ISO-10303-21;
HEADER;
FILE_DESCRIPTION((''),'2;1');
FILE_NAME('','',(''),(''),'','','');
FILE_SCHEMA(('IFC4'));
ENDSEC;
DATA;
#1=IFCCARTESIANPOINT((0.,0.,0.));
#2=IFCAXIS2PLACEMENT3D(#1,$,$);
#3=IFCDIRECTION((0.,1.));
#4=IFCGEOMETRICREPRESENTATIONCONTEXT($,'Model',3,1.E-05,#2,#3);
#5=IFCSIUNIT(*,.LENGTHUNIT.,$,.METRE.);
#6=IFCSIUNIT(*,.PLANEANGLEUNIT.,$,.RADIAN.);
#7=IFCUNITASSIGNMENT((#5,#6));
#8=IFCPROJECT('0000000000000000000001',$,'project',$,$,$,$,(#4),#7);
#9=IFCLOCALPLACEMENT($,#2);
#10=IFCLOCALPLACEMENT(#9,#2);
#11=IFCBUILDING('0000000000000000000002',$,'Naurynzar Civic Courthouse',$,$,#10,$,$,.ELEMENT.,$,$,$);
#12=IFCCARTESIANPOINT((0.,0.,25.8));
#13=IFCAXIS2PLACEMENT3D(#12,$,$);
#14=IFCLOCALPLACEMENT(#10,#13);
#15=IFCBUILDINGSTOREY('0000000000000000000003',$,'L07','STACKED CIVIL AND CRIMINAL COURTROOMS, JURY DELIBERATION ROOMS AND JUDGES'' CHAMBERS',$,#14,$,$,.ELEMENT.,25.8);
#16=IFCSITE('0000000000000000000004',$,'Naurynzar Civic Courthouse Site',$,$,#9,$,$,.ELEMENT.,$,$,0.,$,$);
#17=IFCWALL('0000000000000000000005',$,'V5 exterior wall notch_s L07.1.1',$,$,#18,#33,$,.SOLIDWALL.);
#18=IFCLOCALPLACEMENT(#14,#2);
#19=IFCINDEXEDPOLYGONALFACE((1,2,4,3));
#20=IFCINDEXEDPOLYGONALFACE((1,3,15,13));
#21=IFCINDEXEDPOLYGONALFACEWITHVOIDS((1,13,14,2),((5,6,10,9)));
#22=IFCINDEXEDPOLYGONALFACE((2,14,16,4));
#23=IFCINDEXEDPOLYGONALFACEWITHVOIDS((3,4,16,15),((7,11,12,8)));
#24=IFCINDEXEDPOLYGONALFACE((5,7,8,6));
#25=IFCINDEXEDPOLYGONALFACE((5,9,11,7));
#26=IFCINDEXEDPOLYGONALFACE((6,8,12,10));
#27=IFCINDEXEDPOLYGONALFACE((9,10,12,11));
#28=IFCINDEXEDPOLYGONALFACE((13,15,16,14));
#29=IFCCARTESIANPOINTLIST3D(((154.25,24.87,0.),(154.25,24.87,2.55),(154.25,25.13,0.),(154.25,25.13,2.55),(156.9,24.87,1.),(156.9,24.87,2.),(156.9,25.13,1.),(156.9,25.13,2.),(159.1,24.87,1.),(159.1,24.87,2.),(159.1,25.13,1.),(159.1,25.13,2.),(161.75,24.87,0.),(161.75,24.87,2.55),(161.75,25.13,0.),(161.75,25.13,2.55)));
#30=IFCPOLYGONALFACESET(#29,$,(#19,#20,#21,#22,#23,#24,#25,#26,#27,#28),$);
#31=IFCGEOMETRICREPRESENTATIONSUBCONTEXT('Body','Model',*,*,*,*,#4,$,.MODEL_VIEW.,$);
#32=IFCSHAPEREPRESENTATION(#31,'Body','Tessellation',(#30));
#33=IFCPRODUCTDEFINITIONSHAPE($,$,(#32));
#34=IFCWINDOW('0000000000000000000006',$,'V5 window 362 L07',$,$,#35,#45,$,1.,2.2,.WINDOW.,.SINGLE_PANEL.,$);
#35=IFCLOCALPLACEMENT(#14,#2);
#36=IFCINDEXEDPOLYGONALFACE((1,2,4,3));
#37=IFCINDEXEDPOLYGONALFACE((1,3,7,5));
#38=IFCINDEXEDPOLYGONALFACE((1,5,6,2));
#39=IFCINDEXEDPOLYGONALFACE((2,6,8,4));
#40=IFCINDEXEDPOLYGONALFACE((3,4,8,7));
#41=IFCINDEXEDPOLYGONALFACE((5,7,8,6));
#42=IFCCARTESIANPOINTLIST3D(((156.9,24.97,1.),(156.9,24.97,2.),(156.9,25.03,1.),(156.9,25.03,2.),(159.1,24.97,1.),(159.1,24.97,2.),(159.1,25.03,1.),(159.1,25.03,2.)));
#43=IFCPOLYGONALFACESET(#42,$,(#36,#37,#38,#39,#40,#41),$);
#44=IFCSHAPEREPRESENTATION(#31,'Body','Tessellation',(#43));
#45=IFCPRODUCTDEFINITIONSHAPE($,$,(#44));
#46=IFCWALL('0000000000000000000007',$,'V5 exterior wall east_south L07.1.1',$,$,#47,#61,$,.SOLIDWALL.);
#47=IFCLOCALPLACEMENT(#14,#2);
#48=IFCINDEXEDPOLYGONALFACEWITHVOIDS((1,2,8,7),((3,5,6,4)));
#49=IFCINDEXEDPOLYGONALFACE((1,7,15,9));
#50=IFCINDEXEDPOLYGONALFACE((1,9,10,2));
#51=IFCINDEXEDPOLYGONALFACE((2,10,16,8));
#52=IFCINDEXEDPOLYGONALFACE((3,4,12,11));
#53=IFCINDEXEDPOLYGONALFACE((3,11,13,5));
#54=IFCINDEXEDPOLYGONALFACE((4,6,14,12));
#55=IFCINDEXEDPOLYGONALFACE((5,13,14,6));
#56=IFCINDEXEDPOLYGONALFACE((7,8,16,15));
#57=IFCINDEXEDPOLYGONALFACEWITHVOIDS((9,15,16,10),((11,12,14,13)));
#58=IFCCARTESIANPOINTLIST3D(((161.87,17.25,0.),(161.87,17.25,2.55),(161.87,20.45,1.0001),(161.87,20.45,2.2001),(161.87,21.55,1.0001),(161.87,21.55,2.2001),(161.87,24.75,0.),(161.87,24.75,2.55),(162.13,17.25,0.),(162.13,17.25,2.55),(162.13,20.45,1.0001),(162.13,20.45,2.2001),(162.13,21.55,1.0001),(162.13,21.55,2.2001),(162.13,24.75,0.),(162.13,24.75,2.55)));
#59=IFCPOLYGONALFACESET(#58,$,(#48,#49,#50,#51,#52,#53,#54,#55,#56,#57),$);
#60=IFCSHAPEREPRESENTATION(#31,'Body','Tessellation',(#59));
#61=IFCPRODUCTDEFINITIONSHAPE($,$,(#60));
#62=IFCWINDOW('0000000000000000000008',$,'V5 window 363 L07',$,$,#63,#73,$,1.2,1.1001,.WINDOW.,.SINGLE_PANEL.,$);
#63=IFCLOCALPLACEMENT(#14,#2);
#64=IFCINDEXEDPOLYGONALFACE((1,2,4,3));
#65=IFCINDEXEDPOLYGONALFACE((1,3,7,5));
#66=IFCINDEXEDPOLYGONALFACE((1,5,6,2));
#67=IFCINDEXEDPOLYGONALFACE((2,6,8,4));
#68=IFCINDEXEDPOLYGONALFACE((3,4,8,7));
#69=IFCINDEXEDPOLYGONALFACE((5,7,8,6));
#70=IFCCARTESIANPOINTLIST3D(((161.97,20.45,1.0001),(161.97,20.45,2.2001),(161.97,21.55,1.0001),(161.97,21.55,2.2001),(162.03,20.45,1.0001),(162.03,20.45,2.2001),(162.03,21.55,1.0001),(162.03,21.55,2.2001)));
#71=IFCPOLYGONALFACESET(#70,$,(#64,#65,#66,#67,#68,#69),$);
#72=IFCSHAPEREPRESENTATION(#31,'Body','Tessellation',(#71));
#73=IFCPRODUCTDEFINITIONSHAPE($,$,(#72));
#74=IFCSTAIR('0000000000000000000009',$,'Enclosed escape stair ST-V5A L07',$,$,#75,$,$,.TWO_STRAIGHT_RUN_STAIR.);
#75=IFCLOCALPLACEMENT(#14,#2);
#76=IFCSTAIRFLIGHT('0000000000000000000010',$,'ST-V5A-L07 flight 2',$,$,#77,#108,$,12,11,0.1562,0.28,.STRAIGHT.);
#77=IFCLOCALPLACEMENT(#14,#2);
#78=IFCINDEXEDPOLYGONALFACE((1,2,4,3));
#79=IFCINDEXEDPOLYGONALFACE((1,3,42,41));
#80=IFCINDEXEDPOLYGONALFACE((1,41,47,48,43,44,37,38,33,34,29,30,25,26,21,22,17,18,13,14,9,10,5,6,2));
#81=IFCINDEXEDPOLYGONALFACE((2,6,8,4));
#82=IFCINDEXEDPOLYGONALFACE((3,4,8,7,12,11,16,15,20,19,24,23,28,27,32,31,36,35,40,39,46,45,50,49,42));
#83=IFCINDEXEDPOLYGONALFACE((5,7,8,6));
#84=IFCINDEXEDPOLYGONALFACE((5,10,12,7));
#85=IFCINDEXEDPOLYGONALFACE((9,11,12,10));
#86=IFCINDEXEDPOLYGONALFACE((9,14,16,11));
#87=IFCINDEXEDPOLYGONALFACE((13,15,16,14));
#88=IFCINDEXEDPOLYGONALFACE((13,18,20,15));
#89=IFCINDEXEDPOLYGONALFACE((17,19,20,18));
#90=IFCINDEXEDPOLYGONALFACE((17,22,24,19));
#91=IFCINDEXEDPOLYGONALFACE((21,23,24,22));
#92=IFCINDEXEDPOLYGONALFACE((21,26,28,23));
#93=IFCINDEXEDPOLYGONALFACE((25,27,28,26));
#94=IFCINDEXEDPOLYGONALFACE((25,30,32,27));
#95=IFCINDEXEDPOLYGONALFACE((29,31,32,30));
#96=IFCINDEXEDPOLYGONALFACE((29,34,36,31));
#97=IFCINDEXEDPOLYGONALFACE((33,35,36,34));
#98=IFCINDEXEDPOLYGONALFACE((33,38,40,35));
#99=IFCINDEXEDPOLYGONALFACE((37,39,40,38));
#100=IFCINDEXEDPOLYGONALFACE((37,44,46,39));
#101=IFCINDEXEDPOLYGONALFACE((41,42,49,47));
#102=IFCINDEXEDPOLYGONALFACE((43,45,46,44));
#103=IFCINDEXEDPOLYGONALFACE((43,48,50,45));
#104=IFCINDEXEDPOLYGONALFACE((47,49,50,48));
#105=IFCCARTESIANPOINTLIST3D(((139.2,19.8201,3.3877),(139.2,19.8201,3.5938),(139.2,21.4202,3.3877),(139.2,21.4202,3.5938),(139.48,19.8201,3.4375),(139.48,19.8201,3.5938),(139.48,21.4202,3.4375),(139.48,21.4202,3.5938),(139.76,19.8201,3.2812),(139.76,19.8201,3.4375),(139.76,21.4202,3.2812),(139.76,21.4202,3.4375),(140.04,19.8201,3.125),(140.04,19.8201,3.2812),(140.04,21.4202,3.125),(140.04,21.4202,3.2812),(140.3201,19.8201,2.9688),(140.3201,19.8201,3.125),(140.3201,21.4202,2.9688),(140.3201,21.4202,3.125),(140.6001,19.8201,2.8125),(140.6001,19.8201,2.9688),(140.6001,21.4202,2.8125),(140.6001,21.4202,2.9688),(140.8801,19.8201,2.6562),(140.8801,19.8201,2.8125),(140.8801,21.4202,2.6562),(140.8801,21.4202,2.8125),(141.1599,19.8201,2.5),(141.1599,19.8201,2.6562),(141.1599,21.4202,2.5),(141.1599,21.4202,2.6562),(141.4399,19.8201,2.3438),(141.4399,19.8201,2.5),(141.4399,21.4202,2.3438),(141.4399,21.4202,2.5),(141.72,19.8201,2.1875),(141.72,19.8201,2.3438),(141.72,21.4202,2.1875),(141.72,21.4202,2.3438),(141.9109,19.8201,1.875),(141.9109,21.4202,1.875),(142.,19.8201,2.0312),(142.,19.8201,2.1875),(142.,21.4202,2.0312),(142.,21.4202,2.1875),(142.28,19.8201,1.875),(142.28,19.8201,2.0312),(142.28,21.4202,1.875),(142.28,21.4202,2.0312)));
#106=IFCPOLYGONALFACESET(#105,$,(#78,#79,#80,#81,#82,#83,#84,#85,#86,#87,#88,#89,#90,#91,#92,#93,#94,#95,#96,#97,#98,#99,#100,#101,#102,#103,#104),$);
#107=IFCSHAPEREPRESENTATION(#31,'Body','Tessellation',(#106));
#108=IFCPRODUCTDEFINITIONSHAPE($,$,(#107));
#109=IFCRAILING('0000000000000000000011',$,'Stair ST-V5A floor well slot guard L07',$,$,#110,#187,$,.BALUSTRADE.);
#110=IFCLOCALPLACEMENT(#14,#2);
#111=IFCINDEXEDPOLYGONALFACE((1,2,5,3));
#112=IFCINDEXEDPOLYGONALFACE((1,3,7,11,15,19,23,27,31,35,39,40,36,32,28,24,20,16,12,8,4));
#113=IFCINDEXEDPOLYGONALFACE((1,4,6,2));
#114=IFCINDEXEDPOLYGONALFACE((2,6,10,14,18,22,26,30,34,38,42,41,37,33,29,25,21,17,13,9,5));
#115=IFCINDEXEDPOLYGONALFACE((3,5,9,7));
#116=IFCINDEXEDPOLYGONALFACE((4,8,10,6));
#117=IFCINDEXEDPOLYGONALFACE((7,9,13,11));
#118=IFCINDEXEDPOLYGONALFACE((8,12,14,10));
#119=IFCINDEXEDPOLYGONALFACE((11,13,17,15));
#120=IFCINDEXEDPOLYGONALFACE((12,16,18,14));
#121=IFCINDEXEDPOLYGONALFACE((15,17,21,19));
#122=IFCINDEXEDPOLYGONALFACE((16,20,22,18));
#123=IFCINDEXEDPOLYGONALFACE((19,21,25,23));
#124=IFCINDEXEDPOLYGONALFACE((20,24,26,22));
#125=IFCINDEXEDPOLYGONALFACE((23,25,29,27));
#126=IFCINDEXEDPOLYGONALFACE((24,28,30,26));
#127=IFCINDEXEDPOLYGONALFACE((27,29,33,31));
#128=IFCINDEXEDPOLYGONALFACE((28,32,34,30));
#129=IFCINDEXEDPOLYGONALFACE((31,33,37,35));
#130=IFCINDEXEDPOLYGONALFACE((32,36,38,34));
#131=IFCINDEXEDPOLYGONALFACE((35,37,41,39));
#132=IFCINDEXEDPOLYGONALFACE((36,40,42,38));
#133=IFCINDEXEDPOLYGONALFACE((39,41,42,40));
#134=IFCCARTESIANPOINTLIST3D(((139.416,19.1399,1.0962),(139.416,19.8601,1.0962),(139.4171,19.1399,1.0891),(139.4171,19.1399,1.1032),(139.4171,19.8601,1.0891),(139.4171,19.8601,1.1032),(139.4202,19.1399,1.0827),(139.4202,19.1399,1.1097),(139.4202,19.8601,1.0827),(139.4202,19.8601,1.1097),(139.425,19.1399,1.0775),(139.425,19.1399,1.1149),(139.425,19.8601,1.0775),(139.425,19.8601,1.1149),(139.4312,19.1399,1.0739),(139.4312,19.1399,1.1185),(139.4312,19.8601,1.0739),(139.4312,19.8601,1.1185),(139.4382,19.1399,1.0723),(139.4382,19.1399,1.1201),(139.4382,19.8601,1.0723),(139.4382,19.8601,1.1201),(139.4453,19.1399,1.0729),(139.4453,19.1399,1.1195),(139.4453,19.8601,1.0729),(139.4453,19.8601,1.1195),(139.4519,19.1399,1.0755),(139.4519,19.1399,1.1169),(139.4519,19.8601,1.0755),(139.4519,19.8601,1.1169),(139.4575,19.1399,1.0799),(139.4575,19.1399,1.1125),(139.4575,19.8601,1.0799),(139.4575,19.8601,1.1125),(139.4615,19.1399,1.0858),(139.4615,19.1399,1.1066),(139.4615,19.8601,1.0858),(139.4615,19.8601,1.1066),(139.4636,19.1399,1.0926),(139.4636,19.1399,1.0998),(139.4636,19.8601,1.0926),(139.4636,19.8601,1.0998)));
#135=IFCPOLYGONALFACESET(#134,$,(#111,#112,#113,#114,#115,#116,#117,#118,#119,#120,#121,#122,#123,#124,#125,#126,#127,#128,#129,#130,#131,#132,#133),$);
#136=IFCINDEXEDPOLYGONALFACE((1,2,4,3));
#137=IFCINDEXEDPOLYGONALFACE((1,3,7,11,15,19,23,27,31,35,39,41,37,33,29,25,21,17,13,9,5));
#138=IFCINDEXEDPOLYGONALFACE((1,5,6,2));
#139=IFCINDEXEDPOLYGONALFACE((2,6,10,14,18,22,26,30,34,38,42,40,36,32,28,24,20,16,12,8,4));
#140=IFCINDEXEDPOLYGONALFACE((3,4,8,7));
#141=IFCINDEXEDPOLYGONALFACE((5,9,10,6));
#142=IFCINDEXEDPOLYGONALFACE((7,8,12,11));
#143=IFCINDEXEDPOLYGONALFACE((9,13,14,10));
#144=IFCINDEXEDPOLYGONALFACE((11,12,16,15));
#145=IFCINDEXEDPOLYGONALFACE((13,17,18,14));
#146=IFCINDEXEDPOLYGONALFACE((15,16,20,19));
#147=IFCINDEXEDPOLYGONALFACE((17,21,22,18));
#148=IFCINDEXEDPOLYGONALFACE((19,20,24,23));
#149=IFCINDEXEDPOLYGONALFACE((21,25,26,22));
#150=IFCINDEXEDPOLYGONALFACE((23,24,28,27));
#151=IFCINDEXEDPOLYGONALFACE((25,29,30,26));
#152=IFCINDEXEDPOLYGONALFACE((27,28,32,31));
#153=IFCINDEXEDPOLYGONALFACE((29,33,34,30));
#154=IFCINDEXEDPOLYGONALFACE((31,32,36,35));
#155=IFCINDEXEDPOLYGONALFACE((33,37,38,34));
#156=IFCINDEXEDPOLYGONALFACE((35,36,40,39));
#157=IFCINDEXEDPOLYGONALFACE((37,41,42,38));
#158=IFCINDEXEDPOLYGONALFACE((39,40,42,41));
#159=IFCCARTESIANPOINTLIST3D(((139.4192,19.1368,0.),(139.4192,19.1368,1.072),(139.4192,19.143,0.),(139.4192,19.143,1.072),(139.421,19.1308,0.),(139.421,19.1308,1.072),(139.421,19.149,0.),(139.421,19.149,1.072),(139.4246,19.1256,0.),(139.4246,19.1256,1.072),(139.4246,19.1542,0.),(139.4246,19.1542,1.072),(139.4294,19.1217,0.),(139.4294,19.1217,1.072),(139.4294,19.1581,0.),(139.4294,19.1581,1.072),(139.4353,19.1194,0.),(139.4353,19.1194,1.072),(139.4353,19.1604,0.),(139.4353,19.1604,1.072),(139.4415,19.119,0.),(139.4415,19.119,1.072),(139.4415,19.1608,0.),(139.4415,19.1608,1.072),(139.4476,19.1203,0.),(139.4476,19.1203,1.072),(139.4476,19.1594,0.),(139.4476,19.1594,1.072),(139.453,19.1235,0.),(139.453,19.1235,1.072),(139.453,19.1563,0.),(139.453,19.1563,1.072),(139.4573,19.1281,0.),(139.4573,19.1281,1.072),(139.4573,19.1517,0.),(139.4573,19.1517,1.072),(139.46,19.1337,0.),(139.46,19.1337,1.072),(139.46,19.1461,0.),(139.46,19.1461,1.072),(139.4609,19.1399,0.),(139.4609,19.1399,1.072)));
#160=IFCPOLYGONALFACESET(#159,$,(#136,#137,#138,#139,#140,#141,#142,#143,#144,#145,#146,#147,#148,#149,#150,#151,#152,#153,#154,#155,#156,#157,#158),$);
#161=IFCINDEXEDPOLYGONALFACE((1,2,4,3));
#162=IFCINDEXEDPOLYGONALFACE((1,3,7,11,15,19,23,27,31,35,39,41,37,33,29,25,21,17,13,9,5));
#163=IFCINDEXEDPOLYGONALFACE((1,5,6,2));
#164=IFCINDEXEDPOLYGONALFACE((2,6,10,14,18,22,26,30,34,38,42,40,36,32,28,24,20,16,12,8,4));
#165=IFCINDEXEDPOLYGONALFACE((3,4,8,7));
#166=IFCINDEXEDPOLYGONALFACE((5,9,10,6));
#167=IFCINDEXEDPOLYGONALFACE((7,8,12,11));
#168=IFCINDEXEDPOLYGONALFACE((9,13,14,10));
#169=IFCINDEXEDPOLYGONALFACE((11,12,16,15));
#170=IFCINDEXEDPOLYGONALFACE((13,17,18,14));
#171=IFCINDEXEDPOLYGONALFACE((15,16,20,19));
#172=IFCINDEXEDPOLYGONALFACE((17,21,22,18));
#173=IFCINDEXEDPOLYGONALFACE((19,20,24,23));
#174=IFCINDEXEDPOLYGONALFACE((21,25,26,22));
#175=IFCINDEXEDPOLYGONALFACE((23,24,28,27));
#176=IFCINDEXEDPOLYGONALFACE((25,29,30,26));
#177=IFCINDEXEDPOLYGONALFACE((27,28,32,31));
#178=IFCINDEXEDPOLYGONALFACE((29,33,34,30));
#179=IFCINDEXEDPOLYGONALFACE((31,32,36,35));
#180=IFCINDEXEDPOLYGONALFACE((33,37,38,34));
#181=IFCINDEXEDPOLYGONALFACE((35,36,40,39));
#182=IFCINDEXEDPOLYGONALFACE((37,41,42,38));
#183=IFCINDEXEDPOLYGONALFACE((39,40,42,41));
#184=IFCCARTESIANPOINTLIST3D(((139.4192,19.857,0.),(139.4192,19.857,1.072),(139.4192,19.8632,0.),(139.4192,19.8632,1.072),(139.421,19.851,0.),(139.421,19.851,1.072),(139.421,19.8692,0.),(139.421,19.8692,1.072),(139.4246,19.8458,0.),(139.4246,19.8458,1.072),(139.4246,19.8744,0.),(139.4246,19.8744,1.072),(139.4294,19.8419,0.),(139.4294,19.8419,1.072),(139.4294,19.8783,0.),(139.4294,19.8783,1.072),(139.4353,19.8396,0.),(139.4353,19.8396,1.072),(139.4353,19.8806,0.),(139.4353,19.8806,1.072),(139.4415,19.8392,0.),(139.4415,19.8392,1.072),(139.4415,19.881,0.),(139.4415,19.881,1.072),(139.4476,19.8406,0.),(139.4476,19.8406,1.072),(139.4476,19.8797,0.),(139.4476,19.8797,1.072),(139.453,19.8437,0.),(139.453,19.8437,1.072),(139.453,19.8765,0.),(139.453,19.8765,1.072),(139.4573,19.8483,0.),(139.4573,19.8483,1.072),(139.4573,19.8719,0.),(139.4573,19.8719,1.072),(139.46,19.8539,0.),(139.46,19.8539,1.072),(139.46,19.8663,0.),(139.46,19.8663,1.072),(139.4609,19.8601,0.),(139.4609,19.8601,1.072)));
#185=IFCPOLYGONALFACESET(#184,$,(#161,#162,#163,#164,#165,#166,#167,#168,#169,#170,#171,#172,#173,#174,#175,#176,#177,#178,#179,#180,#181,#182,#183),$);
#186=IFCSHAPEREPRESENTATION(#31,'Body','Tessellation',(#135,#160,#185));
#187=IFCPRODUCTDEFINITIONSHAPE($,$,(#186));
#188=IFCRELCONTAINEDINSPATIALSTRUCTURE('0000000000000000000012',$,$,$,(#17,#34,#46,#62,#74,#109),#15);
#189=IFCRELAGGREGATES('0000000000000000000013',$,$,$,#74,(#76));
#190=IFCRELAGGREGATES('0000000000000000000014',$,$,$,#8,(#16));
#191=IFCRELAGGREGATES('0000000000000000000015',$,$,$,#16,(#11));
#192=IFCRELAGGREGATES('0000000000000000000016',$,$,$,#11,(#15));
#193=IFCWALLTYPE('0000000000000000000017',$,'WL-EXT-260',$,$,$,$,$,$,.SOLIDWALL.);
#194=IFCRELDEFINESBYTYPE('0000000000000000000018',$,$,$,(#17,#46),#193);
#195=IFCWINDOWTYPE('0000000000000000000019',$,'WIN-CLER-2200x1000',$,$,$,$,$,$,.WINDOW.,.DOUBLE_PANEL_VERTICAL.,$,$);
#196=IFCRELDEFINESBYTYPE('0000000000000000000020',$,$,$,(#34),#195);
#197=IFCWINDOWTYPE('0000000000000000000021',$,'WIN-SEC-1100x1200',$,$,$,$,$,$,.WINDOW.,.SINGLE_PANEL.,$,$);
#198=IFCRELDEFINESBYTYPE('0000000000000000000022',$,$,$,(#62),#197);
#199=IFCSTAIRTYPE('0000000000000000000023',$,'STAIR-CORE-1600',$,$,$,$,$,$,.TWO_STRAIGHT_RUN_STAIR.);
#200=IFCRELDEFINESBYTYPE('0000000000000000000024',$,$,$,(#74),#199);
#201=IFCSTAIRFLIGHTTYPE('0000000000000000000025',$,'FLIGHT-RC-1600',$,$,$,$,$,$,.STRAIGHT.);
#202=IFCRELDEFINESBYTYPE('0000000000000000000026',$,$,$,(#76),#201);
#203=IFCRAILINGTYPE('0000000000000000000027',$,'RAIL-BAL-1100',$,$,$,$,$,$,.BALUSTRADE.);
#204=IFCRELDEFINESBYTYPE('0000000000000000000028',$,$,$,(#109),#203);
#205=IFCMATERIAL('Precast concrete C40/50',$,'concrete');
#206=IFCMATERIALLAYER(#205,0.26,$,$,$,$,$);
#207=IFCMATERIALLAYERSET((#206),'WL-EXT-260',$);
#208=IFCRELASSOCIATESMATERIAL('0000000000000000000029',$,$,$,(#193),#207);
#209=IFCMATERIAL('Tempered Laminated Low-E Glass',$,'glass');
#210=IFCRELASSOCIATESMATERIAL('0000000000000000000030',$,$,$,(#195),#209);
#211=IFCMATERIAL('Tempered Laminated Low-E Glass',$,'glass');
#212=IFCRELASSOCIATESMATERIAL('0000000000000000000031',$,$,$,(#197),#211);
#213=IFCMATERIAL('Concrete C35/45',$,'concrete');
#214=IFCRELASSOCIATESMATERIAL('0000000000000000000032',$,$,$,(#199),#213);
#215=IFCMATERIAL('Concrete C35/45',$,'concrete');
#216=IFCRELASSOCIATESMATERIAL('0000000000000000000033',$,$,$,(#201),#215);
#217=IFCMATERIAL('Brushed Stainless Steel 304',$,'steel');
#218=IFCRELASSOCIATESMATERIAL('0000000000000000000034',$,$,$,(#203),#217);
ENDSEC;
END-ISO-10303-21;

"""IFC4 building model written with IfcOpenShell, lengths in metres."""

from ifc_helpers import new_model, si_unit, direction, frame, frame_2d, origin, origin_2d, place, context, subcontext, project, spatial, polyline, rectangle, circle, outline, extrude, material, layer, layer_set, type_object, element, fill, aggregate, save


model = new_model("IFC4")

# Units and contexts
model_context = context("Model", 3, precision=1e-05, world=origin(), true_north=direction((0.0, 1.0)))
body_context = subcontext(model_context, "Body", "Model", "MODEL_VIEW")
ifc_project = project(units=[si_unit("LENGTHUNIT", "METRE"), si_unit("PLANEANGLEUNIT", "RADIAN")], contexts=[model_context])

# Site, building, storey
site_placement = place(None, origin())
site = spatial("IfcSite", under=ifc_project, at=site_placement, Name="Naurynzar Civic Courthouse Site", CompositionType="ELEMENT", RefElevation=0.0)
building_placement = place(site_placement, origin())
building = spatial("IfcBuilding", under=site, at=building_placement, Name="Naurynzar Civic Courthouse", CompositionType="ELEMENT")
storey_placement = place(building_placement, frame((0.0, 0.0, 25.8)))
storey = spatial("IfcBuildingStorey", under=building, at=storey_placement, Name="L07", Description="STACKED CIVIL AND CRIMINAL COURTROOMS, JURY DELIBERATION ROOMS AND JUDGES' CHAMBERS", CompositionType="ELEMENT", Elevation=25.8)

# Walls, openings, windows
ifc_material_1 = material(Name="Precast concrete C40/50", Category="concrete")
ifc_layer_1 = layer(ifc_material_1, 0.26)
ifc_layer_set_1 = layer_set([ifc_layer_1], Name="WL-EXT-260")
wall_type_1 = type_object("IfcWallType", Name="WL-EXT-260", PredefinedType="SOLIDWALL", material=ifc_layer_set_1)
wall_1_placement = place(storey_placement, frame((154.25, 25.0, 0.0), z_axis=(0.0, 0.0, 1.0), x_axis=(1.0, 0.0, 0.0)))
wall_1 = element("IfcWall", 1, at=wall_1_placement, inside=storey, type_object=wall_type_1, Name="V5 exterior wall notch_s L07.1.1", PredefinedType="SOLIDWALL", context=body_context, shape_type="SweptSolid", body=[
    extrude(rectangle(XDim=7.5, YDim=0.26, at=frame_2d((3.75, 0.0))), origin(), (0.0, 0.0, 1.0), 2.55),
])
opening_1_placement = place(wall_1_placement, frame((2.6499, 0.0, 1.0)))
opening_1 = element("IfcOpeningElement", 2, at=opening_1_placement, cuts=wall_1, PredefinedType="OPENING", context=body_context, shape_type="SweptSolid", body=[
    extrude(rectangle(XDim=2.2, YDim=1.0, at=frame_2d((1.1001, 0.5))), frame((0.0, 0.1399, 0.0), z_axis=(0.0, -1.0, 0.0), x_axis=(1.0, 0.0, 0.0)), (0.0, 0.0, 1.0), 0.28),
])
ifc_material_2 = material(Name="Tempered Laminated Low-E Glass", Category="glass")
window_type_1 = type_object("IfcWindowType", Name="WIN-CLER-2200x1000", PartitioningType="DOUBLE_PANEL_VERTICAL", PredefinedType="WINDOW", material=ifc_material_2)
window_1_placement = place(opening_1_placement, origin())
window_1 = element("IfcWindow", 3, at=window_1_placement, inside=storey, type_object=window_type_1, Name="V5 window 362 L07", OverallHeight=1.0, OverallWidth=2.2, PartitioningType="SINGLE_PANEL", PredefinedType="WINDOW", context=body_context, shape_type="SweptSolid", body=[
    extrude(rectangle(XDim=2.2, YDim=1.0, at=frame_2d((1.1001, 0.5))), frame((0.0, 0.03, 0.0), z_axis=(0.0, -1.0, 0.0), x_axis=(1.0, 0.0, 0.0)), (0.0, 0.0, 1.0), 0.0601),
])
fill(opening_1, window_1)
wall_2_placement = place(storey_placement, frame((162.0, 24.75, 0.0), z_axis=(0.0, 0.0, 1.0), x_axis=(0.0, -1.0, 0.0)))
wall_2 = element("IfcWall", 4, at=wall_2_placement, inside=storey, type_object=wall_type_1, Name="V5 exterior wall east_south L07.1.1", PredefinedType="SOLIDWALL", context=body_context, shape_type="SweptSolid", body=[
    extrude(rectangle(XDim=7.5, YDim=0.26, at=frame_2d((3.75, 0.0))), origin(), (0.0, 0.0, 1.0), 2.55),
])
opening_2_placement = place(wall_2_placement, frame((3.2, 0.0, 1.0)))
opening_2 = element("IfcOpeningElement", 5, at=opening_2_placement, cuts=wall_2, PredefinedType="OPENING", context=body_context, shape_type="SweptSolid", body=[
    extrude(rectangle(XDim=1.1001, YDim=1.2, at=frame_2d((0.55, 0.6001))), frame((0.0, 0.1399, 0.0), z_axis=(0.0, -1.0, 0.0), x_axis=(1.0, 0.0, 0.0)), (0.0, 0.0, 1.0), 0.28),
])
ifc_material_3 = material(Name="Tempered Laminated Low-E Glass", Category="glass")
window_type_2 = type_object("IfcWindowType", Name="WIN-SEC-1100x1200", PartitioningType="SINGLE_PANEL", PredefinedType="WINDOW", material=ifc_material_3)
window_2_placement = place(opening_2_placement, origin())
window_2 = element("IfcWindow", 6, at=window_2_placement, inside=storey, type_object=window_type_2, Name="V5 window 363 L07", OverallHeight=1.2, OverallWidth=1.1001, PartitioningType="SINGLE_PANEL", PredefinedType="WINDOW", context=body_context, shape_type="SweptSolid", body=[
    extrude(rectangle(XDim=1.1001, YDim=1.2, at=frame_2d((0.55, 0.6001))), frame((0.0, 0.03, 0.0), z_axis=(0.0, -1.0, 0.0), x_axis=(1.0, 0.0, 0.0)), (0.0, 0.0, 1.0), 0.0601),
])
fill(opening_2, window_2)

# Stair, stair flight
ifc_material_4 = material(Name="Concrete C35/45", Category="concrete")
stair_type = type_object("IfcStairType", Name="STAIR-CORE-1600", PredefinedType="TWO_STRAIGHT_RUN_STAIR", material=ifc_material_4)
stair_placement = place(storey_placement, origin())
stair = element("IfcStair", 7, at=stair_placement, inside=storey, type_object=stair_type, Name="Enclosed escape stair ST-V5A L07", PredefinedType="TWO_STRAIGHT_RUN_STAIR")
ifc_material_5 = material(Name="Concrete C35/45", Category="concrete")
stair_flight_type = type_object("IfcStairFlightType", Name="FLIGHT-RC-1600", PredefinedType="STRAIGHT", material=ifc_material_5)
stair_flight_placement = place(storey_placement, frame((142.28, 20.6201, 1.875), z_axis=(0.0, 0.0, 1.0), x_axis=(-1.0, 0.0, 0.0)))
stair_flight = element("IfcStairFlight", 8, at=stair_flight_placement, type_object=stair_flight_type, Name="ST-V5A-L07 flight 2", NumberOfRisers=12, NumberOfTreads=11, PredefinedType="STRAIGHT", RiserHeight=0.1562, TreadLength=0.28, context=body_context, shape_type="SweptSolid", body=[
    extrude(outline(polyline([(0.0, 0.0), (0.0, 0.1562), (0.28, 0.1562), (0.28, 0.3125), (0.5601, 0.3125), (0.5601, 0.4688), (0.8401, 0.4688), (0.8401, 0.625), (1.1201, 0.625), (1.1201, 0.7812), (1.3999, 0.7812), (1.3999, 0.9375), (1.6799, 0.9375), (1.6799, 1.0938), (1.96, 1.0938), (1.96, 1.25), (2.24, 1.25), (2.24, 1.4062), (2.52, 1.4062), (2.52, 1.5625), (2.8, 1.5625), (2.8, 1.7188), (3.0801, 1.7188), (3.0801, 1.875), (3.0801, 1.5127), (0.3691, 0.0), (0.0, 0.0)])), frame((0.0, 0.8, 0.0), z_axis=(0.0, -1.0, 0.0), x_axis=(1.0, 0.0, 0.0)), (0.0, 0.0, 1.0), 1.6001),
])
aggregate(stair, [stair_flight])

# Railing
ifc_material_6 = material(Name="Brushed Stainless Steel 304", Category="steel")
railing_type_1 = type_object("IfcRailingType", Name="RAIL-BAL-1100", PredefinedType="BALUSTRADE", material=ifc_material_6)
for number, where, name in (
    (9, (139.4399, 19.1399, 0.0), "Stair ST-V5A floor well slot guard L07"),
):
    element("IfcRailing", number, at=place(storey_placement, frame(where)), inside=storey, type_object=railing_type_1, Name=name, PredefinedType="BALUSTRADE", context=body_context, shape_type="SweptSolid", body=[
        extrude(circle(Radius=0.0239, at=origin_2d()), frame((0.0, 0.0, 1.0962), z_axis=(0.0, 1.0, 0.0), x_axis=(-1.0, 0.0, 0.0)), (0.0, 0.0, 1.0), 0.7202),
        extrude(circle(Radius=0.021, at=origin_2d()), origin(), (0.0, 0.0, 1.0), 1.072),
        extrude(circle(Radius=0.021, at=origin_2d()), frame((0.0, 0.7202, 0.0)), (0.0, 0.0, 1.0), 1.072),
    ])

save(model, "model.ifc")
